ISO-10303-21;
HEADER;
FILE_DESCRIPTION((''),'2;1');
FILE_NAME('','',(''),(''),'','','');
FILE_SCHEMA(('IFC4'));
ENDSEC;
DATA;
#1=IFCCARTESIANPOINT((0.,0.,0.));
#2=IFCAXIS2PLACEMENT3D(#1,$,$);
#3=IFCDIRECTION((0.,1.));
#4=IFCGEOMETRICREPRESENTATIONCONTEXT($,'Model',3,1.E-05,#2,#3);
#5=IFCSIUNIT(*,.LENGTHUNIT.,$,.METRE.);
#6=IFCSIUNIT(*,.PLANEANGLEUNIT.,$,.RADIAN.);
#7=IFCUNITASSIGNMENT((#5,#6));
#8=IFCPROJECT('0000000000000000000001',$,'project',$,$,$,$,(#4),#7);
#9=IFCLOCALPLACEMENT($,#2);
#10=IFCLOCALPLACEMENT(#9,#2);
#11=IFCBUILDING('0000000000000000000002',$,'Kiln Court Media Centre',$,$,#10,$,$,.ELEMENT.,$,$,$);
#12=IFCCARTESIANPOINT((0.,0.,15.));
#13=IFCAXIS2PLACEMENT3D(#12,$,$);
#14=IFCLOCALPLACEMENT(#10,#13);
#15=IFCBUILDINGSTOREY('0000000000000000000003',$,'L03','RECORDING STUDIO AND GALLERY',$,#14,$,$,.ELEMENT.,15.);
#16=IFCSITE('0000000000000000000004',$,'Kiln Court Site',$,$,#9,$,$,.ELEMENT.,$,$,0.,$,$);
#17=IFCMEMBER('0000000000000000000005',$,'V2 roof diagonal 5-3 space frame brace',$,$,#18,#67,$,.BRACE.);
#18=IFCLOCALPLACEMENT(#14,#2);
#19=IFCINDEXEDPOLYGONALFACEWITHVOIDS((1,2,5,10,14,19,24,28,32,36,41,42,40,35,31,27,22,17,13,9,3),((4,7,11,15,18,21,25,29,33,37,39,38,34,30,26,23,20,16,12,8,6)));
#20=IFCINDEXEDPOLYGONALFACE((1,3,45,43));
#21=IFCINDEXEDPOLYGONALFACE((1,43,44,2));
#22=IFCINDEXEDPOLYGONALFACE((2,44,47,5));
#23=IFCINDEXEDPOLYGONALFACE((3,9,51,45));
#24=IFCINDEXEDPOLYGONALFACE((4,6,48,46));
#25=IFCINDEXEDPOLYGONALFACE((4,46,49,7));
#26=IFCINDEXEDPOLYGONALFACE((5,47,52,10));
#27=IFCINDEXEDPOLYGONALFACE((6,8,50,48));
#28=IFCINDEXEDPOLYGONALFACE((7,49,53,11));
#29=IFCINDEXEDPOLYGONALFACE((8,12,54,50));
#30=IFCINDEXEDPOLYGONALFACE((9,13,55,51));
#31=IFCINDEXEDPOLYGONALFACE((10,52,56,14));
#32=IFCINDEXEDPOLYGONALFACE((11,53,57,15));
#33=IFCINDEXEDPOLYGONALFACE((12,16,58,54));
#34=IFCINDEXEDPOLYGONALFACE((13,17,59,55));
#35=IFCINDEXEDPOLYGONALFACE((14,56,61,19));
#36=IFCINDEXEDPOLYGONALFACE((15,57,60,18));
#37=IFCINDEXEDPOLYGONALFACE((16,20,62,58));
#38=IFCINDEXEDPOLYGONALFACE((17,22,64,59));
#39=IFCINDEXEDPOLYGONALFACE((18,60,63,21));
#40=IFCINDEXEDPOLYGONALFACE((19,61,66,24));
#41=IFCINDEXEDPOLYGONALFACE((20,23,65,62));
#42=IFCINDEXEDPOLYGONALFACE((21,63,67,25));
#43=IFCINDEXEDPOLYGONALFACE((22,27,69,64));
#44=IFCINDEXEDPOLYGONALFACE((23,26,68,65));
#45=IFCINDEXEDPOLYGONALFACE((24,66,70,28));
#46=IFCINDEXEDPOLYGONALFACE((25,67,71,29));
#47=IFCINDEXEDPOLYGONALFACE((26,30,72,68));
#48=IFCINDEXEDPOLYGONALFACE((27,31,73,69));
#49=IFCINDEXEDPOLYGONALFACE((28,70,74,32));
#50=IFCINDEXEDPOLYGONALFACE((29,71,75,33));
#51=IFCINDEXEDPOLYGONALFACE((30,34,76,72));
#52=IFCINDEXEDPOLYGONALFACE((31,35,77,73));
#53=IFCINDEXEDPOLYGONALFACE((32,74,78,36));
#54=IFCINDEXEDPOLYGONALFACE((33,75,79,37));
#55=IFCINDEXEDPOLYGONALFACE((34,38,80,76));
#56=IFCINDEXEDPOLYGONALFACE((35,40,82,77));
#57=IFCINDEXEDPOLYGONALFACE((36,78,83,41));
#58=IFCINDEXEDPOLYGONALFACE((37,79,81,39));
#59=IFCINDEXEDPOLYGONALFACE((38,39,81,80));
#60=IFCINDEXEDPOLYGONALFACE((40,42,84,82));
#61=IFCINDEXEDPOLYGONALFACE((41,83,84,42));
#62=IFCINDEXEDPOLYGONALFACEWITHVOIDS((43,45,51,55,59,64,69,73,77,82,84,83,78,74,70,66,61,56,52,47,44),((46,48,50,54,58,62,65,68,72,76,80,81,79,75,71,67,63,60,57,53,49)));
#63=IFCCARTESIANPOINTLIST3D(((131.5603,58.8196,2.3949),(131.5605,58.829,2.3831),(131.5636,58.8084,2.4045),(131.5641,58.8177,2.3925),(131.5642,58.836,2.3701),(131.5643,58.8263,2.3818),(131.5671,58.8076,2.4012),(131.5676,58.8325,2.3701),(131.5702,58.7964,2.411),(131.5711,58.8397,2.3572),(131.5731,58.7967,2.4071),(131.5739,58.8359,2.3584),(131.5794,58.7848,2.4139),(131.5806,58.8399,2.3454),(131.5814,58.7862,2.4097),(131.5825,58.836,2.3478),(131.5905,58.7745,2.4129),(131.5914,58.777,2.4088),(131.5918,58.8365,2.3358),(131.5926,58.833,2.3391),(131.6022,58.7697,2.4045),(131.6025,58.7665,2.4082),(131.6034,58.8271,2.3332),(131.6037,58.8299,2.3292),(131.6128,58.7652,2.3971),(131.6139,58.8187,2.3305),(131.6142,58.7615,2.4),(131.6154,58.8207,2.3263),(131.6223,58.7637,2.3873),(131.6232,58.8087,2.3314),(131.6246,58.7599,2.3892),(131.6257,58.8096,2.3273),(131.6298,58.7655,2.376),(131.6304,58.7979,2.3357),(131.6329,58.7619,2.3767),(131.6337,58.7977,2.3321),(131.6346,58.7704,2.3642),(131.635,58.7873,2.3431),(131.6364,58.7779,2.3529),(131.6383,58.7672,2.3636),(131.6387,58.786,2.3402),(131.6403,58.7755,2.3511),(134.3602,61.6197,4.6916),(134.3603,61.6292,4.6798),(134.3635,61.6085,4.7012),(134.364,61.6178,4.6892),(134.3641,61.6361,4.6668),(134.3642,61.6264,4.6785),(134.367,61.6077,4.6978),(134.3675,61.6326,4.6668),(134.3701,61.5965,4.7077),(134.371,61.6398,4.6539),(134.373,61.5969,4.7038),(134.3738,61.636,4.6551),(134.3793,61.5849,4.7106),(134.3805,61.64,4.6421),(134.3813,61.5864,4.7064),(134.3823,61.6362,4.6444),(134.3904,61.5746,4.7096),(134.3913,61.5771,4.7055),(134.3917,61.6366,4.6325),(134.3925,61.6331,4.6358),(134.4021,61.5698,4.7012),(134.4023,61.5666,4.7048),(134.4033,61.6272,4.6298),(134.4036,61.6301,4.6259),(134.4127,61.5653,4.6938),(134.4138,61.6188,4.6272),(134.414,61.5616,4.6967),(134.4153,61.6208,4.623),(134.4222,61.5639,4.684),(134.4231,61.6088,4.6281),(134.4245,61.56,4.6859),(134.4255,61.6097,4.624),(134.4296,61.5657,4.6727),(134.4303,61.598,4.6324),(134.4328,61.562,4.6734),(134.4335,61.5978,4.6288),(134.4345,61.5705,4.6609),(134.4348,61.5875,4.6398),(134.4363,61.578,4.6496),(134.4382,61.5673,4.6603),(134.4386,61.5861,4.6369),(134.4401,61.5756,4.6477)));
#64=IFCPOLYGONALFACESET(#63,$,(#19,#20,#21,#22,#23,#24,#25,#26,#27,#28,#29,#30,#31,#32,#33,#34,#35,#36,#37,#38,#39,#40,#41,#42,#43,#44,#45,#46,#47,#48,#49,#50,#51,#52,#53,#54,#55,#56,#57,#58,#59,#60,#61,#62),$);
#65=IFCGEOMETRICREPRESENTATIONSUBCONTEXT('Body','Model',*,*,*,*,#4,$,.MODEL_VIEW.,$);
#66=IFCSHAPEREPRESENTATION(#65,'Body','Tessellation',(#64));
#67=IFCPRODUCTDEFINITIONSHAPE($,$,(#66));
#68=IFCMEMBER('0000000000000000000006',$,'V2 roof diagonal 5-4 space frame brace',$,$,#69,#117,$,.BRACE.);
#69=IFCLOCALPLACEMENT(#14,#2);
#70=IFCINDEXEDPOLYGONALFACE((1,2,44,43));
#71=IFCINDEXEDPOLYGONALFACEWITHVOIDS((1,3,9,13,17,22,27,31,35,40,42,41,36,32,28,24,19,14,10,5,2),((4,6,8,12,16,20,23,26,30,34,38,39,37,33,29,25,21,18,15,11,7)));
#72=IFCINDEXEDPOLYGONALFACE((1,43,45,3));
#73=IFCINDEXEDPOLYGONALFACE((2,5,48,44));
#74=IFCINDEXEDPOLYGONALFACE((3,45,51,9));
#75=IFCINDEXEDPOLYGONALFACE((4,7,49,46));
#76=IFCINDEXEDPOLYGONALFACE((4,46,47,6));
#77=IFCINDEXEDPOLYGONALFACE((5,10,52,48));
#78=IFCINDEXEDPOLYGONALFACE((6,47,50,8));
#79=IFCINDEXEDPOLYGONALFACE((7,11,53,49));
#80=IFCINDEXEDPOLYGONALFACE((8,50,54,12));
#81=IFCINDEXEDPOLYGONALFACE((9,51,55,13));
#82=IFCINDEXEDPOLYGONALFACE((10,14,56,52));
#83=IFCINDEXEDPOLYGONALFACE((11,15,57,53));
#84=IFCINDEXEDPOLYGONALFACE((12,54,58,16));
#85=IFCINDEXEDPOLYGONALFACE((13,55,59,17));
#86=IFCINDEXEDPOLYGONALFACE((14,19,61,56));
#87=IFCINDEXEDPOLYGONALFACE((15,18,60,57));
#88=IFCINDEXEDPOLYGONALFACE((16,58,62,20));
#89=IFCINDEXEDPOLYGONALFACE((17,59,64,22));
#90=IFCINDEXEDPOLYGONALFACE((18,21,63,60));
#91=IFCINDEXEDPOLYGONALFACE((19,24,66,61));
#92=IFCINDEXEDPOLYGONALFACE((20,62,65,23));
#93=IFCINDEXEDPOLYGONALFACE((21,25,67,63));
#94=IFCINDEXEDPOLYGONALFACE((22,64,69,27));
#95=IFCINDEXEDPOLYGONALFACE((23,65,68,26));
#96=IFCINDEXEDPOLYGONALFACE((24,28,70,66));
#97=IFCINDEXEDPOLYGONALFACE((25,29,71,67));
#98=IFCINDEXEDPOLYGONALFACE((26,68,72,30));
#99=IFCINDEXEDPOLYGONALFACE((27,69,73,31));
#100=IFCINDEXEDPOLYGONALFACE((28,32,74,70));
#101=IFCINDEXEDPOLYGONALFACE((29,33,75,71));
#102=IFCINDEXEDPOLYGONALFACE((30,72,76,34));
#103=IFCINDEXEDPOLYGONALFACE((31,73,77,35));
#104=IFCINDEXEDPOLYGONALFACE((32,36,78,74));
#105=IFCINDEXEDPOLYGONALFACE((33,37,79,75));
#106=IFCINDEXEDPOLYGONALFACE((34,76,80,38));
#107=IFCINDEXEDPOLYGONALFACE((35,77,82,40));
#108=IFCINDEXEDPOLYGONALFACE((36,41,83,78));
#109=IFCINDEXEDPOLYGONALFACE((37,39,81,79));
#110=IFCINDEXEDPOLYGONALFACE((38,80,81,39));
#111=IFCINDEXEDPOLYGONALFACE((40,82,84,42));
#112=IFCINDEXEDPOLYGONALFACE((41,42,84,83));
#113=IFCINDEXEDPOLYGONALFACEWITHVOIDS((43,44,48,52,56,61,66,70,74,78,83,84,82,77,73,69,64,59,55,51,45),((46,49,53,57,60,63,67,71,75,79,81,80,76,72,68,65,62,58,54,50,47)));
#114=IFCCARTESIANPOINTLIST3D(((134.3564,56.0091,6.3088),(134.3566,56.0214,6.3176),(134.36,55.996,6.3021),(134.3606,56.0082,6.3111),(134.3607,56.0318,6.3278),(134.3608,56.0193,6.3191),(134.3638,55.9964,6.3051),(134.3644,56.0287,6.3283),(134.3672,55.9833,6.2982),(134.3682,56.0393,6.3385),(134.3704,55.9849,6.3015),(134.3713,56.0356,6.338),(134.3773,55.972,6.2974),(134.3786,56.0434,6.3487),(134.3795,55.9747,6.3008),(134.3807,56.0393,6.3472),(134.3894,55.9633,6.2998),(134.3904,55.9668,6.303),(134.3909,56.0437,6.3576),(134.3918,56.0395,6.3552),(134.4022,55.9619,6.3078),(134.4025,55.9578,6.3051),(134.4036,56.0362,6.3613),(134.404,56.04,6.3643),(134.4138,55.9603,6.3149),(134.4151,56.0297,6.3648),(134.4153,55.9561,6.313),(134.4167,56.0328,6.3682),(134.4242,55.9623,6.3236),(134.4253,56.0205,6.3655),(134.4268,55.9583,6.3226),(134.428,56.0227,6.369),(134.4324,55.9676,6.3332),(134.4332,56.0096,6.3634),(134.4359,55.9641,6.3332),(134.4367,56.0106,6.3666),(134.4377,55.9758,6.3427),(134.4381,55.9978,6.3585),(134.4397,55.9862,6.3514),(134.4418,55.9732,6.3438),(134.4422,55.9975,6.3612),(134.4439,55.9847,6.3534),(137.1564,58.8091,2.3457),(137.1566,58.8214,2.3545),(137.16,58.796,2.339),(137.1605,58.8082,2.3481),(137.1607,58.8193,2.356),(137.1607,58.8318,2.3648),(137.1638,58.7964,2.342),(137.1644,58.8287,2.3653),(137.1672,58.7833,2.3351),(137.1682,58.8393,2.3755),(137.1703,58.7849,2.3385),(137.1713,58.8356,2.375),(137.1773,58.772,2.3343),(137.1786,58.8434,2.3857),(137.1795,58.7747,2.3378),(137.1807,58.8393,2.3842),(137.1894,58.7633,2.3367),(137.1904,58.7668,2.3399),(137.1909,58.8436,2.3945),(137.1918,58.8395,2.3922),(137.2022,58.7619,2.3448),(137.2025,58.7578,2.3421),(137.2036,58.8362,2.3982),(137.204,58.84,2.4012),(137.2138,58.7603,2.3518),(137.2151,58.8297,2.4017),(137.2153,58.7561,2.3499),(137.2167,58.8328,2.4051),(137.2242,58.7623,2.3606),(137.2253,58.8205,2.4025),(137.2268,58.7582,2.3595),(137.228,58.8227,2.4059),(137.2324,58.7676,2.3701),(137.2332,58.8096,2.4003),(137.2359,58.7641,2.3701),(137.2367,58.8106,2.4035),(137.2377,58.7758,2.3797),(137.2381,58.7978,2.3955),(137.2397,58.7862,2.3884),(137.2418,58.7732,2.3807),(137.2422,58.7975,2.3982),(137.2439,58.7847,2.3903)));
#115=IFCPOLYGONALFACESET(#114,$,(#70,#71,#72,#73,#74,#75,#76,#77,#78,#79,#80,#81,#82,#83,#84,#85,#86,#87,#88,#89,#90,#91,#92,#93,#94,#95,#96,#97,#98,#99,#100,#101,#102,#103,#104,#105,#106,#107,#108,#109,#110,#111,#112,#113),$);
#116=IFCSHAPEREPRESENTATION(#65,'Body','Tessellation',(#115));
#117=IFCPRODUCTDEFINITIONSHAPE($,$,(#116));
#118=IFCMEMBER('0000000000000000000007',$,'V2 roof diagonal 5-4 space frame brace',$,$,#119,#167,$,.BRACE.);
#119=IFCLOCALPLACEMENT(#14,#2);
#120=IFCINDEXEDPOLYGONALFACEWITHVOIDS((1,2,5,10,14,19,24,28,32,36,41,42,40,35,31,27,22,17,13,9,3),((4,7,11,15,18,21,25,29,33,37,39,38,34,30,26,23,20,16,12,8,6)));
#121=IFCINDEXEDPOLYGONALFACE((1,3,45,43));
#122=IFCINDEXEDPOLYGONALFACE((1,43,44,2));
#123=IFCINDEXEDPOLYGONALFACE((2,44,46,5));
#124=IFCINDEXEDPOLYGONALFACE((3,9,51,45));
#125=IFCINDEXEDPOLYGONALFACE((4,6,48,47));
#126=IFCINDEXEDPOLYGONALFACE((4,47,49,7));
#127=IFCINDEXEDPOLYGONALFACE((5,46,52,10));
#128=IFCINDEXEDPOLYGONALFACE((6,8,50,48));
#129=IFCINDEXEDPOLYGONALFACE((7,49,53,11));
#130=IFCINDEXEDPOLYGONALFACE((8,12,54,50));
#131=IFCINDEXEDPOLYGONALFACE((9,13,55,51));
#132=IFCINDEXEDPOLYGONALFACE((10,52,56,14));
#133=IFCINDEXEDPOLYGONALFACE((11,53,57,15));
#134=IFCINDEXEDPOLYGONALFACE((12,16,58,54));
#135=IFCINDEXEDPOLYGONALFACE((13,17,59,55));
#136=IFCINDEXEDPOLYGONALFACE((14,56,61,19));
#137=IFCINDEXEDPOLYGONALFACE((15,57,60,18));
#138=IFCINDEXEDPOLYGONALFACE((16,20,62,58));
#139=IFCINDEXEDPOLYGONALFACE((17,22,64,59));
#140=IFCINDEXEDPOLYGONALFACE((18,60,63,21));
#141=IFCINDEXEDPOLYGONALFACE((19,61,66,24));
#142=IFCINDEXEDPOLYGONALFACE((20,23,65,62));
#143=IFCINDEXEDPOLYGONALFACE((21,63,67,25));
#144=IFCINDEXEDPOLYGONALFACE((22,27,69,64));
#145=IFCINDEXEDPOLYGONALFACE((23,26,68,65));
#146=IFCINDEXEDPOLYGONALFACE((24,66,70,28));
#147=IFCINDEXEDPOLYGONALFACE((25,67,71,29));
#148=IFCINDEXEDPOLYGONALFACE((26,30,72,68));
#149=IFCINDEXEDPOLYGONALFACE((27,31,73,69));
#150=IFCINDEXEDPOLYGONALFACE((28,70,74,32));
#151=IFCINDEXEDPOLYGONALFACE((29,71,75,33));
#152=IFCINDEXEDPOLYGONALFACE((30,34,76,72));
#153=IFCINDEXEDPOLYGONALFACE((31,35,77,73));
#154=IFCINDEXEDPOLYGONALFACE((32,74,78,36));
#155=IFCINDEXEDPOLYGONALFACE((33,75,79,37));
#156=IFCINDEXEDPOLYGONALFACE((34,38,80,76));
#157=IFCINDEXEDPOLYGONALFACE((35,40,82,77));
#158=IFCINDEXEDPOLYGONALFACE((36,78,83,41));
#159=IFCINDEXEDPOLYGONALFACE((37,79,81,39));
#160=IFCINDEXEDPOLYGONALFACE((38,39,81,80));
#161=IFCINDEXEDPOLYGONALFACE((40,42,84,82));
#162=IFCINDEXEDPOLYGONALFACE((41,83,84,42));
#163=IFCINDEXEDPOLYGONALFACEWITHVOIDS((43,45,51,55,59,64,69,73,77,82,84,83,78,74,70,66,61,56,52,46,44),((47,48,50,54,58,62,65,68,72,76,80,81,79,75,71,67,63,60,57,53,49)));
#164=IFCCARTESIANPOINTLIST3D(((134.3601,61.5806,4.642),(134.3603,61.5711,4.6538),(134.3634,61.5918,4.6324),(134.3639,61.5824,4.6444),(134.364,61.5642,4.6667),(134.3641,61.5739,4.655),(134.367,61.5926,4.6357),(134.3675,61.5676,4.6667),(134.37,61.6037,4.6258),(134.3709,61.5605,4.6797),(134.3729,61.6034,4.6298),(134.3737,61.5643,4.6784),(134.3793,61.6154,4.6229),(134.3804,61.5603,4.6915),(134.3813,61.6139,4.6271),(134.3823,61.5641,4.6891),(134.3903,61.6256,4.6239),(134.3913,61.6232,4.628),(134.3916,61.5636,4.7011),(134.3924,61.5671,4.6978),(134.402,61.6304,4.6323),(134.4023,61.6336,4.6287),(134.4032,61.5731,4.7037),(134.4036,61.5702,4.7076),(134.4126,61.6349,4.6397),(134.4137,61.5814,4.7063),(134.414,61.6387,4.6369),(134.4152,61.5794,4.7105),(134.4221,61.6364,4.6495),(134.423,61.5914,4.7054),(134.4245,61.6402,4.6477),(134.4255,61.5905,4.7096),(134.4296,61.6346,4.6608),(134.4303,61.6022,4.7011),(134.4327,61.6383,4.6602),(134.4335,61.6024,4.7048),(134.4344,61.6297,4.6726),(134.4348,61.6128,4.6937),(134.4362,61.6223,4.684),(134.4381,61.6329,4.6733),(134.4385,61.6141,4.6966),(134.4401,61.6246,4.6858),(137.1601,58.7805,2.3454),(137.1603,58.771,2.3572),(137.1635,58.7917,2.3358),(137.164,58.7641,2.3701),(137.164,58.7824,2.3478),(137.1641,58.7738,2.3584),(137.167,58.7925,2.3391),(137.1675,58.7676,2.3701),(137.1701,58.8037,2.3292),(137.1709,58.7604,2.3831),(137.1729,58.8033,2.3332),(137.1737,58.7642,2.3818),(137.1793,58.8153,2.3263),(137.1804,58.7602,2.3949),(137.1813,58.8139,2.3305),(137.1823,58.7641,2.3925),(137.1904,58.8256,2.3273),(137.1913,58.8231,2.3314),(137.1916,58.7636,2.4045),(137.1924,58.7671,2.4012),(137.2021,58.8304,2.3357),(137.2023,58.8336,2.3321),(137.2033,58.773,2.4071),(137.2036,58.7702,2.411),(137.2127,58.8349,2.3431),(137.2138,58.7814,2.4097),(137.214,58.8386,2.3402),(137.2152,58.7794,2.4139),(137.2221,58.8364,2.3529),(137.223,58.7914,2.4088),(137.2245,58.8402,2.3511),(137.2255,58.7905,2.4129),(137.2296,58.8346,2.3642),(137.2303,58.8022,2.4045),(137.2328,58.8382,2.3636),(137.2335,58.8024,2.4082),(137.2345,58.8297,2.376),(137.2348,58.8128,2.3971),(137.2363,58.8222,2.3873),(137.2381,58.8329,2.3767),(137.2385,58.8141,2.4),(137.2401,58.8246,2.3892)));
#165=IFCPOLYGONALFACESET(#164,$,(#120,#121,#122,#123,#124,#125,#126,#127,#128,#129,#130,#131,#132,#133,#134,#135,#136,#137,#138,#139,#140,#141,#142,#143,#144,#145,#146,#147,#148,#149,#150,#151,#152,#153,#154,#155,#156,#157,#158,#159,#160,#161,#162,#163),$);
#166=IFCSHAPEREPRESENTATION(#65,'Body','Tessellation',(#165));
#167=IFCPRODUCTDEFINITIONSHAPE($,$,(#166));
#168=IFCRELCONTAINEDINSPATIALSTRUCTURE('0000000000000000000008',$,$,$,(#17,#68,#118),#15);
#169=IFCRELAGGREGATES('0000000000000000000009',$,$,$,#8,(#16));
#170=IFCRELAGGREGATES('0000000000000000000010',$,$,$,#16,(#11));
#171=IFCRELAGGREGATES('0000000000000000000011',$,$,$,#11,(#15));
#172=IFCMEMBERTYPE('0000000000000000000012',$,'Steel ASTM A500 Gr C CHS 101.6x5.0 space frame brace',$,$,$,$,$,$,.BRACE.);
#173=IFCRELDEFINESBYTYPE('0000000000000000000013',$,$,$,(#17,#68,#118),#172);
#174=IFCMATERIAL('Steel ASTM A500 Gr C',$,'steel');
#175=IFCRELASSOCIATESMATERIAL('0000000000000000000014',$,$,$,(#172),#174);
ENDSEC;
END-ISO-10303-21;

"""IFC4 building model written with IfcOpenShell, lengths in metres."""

from ifc_helpers import new_model, si_unit, direction, frame, origin, origin_2d, place, context, subcontext, project, spatial, hollow_circle, extrude, material, material_profile, profile_set, type_object, element, save


model = new_model("IFC4")

# Units and contexts
model_context = context("Model", 3, precision=1e-05, world=origin(), true_north=direction((0.0, 1.0)))
body_context = subcontext(model_context, "Body", "Model", "MODEL_VIEW")
ifc_project = project(units=[si_unit("LENGTHUNIT", "METRE"), si_unit("PLANEANGLEUNIT", "RADIAN")], contexts=[model_context])

# Site, building, storey
site_placement = place(None, origin())
site = spatial("IfcSite", under=ifc_project, at=site_placement, Name="Kiln Court Site", CompositionType="ELEMENT", RefElevation=0.0)
building_placement = place(site_placement, origin())
building = spatial("IfcBuilding", under=site, at=building_placement, Name="Kiln Court Media Centre", CompositionType="ELEMENT")
storey_placement = place(building_placement, frame((0.0, 0.0, 15.0)))
storey = spatial("IfcBuildingStorey", under=building, at=storey_placement, Name="L03", Description="RECORDING STUDIO AND GALLERY", CompositionType="ELEMENT", Elevation=15.0)

# Members
ifc_material_1 = material(Name="Steel ASTM A500 Gr C", Category="steel")
ifc_material_profile_1 = material_profile(ifc_material_1, hollow_circle(Radius=0.0508, WallThickness=0.0049, at=origin_2d()), Name="CHS 101.6x5.0")
ifc_profile_set_1 = profile_set([ifc_material_profile_1], Name="Steel ASTM A500 Gr C")
member_type_1 = type_object("IfcMemberType", Name="Steel ASTM A500 Gr C CHS 101.6x5.0 space frame brace", PredefinedType="BRACE", material=ifc_profile_set_1)
member_1_placement = place(storey_placement, frame((131.6001, 58.8, 2.3701), z_axis=(0.611642, 0.611696, 0.501719), x_axis=(-0.707138, 0.707076, 0.0)))
element("IfcMember", 1, at=member_1_placement, inside=storey, type_object=member_type_1, Name="V2 roof diagonal 5-3 space frame brace", PredefinedType="BRACE", context=body_context, shape_type="SweptSolid", body=[
    extrude(hollow_circle(Radius=0.0508, WallThickness=0.0049, at=origin_2d()), origin(), (0.0, 0.0, 1.0), 4.5776),
])
member_2_placement = place(storey_placement, frame((137.2, 58.8, 2.3701), z_axis=(-0.499794, -0.499794, 0.707398), x_axis=(0.707107, -0.707107, 0.0)))
element("IfcMember", 2, at=member_2_placement, inside=storey, type_object=member_type_1, Name="V2 roof diagonal 5-4 space frame brace", PredefinedType="BRACE", context=body_context, shape_type="SweptSolid", body=[
    extrude(hollow_circle(Radius=0.0508, WallThickness=0.0049, at=origin_2d()), origin(), (0.0, 0.0, 1.0), 5.6023),
])
member_3_placement = place(storey_placement, frame((137.2, 58.8, 2.3701), z_axis=(-0.611676, 0.611676, 0.501703), x_axis=(-0.707107, -0.707107, 0.0)))
element("IfcMember", 3, at=member_3_placement, inside=storey, type_object=member_type_1, Name="V2 roof diagonal 5-4 space frame brace", PredefinedType="BRACE", context=body_context, shape_type="SweptSolid", body=[
    extrude(hollow_circle(Radius=0.0508, WallThickness=0.0049, at=origin_2d()), origin(), (0.0, 0.0, 1.0), 4.5776),
])

save(model, "model.ifc")
